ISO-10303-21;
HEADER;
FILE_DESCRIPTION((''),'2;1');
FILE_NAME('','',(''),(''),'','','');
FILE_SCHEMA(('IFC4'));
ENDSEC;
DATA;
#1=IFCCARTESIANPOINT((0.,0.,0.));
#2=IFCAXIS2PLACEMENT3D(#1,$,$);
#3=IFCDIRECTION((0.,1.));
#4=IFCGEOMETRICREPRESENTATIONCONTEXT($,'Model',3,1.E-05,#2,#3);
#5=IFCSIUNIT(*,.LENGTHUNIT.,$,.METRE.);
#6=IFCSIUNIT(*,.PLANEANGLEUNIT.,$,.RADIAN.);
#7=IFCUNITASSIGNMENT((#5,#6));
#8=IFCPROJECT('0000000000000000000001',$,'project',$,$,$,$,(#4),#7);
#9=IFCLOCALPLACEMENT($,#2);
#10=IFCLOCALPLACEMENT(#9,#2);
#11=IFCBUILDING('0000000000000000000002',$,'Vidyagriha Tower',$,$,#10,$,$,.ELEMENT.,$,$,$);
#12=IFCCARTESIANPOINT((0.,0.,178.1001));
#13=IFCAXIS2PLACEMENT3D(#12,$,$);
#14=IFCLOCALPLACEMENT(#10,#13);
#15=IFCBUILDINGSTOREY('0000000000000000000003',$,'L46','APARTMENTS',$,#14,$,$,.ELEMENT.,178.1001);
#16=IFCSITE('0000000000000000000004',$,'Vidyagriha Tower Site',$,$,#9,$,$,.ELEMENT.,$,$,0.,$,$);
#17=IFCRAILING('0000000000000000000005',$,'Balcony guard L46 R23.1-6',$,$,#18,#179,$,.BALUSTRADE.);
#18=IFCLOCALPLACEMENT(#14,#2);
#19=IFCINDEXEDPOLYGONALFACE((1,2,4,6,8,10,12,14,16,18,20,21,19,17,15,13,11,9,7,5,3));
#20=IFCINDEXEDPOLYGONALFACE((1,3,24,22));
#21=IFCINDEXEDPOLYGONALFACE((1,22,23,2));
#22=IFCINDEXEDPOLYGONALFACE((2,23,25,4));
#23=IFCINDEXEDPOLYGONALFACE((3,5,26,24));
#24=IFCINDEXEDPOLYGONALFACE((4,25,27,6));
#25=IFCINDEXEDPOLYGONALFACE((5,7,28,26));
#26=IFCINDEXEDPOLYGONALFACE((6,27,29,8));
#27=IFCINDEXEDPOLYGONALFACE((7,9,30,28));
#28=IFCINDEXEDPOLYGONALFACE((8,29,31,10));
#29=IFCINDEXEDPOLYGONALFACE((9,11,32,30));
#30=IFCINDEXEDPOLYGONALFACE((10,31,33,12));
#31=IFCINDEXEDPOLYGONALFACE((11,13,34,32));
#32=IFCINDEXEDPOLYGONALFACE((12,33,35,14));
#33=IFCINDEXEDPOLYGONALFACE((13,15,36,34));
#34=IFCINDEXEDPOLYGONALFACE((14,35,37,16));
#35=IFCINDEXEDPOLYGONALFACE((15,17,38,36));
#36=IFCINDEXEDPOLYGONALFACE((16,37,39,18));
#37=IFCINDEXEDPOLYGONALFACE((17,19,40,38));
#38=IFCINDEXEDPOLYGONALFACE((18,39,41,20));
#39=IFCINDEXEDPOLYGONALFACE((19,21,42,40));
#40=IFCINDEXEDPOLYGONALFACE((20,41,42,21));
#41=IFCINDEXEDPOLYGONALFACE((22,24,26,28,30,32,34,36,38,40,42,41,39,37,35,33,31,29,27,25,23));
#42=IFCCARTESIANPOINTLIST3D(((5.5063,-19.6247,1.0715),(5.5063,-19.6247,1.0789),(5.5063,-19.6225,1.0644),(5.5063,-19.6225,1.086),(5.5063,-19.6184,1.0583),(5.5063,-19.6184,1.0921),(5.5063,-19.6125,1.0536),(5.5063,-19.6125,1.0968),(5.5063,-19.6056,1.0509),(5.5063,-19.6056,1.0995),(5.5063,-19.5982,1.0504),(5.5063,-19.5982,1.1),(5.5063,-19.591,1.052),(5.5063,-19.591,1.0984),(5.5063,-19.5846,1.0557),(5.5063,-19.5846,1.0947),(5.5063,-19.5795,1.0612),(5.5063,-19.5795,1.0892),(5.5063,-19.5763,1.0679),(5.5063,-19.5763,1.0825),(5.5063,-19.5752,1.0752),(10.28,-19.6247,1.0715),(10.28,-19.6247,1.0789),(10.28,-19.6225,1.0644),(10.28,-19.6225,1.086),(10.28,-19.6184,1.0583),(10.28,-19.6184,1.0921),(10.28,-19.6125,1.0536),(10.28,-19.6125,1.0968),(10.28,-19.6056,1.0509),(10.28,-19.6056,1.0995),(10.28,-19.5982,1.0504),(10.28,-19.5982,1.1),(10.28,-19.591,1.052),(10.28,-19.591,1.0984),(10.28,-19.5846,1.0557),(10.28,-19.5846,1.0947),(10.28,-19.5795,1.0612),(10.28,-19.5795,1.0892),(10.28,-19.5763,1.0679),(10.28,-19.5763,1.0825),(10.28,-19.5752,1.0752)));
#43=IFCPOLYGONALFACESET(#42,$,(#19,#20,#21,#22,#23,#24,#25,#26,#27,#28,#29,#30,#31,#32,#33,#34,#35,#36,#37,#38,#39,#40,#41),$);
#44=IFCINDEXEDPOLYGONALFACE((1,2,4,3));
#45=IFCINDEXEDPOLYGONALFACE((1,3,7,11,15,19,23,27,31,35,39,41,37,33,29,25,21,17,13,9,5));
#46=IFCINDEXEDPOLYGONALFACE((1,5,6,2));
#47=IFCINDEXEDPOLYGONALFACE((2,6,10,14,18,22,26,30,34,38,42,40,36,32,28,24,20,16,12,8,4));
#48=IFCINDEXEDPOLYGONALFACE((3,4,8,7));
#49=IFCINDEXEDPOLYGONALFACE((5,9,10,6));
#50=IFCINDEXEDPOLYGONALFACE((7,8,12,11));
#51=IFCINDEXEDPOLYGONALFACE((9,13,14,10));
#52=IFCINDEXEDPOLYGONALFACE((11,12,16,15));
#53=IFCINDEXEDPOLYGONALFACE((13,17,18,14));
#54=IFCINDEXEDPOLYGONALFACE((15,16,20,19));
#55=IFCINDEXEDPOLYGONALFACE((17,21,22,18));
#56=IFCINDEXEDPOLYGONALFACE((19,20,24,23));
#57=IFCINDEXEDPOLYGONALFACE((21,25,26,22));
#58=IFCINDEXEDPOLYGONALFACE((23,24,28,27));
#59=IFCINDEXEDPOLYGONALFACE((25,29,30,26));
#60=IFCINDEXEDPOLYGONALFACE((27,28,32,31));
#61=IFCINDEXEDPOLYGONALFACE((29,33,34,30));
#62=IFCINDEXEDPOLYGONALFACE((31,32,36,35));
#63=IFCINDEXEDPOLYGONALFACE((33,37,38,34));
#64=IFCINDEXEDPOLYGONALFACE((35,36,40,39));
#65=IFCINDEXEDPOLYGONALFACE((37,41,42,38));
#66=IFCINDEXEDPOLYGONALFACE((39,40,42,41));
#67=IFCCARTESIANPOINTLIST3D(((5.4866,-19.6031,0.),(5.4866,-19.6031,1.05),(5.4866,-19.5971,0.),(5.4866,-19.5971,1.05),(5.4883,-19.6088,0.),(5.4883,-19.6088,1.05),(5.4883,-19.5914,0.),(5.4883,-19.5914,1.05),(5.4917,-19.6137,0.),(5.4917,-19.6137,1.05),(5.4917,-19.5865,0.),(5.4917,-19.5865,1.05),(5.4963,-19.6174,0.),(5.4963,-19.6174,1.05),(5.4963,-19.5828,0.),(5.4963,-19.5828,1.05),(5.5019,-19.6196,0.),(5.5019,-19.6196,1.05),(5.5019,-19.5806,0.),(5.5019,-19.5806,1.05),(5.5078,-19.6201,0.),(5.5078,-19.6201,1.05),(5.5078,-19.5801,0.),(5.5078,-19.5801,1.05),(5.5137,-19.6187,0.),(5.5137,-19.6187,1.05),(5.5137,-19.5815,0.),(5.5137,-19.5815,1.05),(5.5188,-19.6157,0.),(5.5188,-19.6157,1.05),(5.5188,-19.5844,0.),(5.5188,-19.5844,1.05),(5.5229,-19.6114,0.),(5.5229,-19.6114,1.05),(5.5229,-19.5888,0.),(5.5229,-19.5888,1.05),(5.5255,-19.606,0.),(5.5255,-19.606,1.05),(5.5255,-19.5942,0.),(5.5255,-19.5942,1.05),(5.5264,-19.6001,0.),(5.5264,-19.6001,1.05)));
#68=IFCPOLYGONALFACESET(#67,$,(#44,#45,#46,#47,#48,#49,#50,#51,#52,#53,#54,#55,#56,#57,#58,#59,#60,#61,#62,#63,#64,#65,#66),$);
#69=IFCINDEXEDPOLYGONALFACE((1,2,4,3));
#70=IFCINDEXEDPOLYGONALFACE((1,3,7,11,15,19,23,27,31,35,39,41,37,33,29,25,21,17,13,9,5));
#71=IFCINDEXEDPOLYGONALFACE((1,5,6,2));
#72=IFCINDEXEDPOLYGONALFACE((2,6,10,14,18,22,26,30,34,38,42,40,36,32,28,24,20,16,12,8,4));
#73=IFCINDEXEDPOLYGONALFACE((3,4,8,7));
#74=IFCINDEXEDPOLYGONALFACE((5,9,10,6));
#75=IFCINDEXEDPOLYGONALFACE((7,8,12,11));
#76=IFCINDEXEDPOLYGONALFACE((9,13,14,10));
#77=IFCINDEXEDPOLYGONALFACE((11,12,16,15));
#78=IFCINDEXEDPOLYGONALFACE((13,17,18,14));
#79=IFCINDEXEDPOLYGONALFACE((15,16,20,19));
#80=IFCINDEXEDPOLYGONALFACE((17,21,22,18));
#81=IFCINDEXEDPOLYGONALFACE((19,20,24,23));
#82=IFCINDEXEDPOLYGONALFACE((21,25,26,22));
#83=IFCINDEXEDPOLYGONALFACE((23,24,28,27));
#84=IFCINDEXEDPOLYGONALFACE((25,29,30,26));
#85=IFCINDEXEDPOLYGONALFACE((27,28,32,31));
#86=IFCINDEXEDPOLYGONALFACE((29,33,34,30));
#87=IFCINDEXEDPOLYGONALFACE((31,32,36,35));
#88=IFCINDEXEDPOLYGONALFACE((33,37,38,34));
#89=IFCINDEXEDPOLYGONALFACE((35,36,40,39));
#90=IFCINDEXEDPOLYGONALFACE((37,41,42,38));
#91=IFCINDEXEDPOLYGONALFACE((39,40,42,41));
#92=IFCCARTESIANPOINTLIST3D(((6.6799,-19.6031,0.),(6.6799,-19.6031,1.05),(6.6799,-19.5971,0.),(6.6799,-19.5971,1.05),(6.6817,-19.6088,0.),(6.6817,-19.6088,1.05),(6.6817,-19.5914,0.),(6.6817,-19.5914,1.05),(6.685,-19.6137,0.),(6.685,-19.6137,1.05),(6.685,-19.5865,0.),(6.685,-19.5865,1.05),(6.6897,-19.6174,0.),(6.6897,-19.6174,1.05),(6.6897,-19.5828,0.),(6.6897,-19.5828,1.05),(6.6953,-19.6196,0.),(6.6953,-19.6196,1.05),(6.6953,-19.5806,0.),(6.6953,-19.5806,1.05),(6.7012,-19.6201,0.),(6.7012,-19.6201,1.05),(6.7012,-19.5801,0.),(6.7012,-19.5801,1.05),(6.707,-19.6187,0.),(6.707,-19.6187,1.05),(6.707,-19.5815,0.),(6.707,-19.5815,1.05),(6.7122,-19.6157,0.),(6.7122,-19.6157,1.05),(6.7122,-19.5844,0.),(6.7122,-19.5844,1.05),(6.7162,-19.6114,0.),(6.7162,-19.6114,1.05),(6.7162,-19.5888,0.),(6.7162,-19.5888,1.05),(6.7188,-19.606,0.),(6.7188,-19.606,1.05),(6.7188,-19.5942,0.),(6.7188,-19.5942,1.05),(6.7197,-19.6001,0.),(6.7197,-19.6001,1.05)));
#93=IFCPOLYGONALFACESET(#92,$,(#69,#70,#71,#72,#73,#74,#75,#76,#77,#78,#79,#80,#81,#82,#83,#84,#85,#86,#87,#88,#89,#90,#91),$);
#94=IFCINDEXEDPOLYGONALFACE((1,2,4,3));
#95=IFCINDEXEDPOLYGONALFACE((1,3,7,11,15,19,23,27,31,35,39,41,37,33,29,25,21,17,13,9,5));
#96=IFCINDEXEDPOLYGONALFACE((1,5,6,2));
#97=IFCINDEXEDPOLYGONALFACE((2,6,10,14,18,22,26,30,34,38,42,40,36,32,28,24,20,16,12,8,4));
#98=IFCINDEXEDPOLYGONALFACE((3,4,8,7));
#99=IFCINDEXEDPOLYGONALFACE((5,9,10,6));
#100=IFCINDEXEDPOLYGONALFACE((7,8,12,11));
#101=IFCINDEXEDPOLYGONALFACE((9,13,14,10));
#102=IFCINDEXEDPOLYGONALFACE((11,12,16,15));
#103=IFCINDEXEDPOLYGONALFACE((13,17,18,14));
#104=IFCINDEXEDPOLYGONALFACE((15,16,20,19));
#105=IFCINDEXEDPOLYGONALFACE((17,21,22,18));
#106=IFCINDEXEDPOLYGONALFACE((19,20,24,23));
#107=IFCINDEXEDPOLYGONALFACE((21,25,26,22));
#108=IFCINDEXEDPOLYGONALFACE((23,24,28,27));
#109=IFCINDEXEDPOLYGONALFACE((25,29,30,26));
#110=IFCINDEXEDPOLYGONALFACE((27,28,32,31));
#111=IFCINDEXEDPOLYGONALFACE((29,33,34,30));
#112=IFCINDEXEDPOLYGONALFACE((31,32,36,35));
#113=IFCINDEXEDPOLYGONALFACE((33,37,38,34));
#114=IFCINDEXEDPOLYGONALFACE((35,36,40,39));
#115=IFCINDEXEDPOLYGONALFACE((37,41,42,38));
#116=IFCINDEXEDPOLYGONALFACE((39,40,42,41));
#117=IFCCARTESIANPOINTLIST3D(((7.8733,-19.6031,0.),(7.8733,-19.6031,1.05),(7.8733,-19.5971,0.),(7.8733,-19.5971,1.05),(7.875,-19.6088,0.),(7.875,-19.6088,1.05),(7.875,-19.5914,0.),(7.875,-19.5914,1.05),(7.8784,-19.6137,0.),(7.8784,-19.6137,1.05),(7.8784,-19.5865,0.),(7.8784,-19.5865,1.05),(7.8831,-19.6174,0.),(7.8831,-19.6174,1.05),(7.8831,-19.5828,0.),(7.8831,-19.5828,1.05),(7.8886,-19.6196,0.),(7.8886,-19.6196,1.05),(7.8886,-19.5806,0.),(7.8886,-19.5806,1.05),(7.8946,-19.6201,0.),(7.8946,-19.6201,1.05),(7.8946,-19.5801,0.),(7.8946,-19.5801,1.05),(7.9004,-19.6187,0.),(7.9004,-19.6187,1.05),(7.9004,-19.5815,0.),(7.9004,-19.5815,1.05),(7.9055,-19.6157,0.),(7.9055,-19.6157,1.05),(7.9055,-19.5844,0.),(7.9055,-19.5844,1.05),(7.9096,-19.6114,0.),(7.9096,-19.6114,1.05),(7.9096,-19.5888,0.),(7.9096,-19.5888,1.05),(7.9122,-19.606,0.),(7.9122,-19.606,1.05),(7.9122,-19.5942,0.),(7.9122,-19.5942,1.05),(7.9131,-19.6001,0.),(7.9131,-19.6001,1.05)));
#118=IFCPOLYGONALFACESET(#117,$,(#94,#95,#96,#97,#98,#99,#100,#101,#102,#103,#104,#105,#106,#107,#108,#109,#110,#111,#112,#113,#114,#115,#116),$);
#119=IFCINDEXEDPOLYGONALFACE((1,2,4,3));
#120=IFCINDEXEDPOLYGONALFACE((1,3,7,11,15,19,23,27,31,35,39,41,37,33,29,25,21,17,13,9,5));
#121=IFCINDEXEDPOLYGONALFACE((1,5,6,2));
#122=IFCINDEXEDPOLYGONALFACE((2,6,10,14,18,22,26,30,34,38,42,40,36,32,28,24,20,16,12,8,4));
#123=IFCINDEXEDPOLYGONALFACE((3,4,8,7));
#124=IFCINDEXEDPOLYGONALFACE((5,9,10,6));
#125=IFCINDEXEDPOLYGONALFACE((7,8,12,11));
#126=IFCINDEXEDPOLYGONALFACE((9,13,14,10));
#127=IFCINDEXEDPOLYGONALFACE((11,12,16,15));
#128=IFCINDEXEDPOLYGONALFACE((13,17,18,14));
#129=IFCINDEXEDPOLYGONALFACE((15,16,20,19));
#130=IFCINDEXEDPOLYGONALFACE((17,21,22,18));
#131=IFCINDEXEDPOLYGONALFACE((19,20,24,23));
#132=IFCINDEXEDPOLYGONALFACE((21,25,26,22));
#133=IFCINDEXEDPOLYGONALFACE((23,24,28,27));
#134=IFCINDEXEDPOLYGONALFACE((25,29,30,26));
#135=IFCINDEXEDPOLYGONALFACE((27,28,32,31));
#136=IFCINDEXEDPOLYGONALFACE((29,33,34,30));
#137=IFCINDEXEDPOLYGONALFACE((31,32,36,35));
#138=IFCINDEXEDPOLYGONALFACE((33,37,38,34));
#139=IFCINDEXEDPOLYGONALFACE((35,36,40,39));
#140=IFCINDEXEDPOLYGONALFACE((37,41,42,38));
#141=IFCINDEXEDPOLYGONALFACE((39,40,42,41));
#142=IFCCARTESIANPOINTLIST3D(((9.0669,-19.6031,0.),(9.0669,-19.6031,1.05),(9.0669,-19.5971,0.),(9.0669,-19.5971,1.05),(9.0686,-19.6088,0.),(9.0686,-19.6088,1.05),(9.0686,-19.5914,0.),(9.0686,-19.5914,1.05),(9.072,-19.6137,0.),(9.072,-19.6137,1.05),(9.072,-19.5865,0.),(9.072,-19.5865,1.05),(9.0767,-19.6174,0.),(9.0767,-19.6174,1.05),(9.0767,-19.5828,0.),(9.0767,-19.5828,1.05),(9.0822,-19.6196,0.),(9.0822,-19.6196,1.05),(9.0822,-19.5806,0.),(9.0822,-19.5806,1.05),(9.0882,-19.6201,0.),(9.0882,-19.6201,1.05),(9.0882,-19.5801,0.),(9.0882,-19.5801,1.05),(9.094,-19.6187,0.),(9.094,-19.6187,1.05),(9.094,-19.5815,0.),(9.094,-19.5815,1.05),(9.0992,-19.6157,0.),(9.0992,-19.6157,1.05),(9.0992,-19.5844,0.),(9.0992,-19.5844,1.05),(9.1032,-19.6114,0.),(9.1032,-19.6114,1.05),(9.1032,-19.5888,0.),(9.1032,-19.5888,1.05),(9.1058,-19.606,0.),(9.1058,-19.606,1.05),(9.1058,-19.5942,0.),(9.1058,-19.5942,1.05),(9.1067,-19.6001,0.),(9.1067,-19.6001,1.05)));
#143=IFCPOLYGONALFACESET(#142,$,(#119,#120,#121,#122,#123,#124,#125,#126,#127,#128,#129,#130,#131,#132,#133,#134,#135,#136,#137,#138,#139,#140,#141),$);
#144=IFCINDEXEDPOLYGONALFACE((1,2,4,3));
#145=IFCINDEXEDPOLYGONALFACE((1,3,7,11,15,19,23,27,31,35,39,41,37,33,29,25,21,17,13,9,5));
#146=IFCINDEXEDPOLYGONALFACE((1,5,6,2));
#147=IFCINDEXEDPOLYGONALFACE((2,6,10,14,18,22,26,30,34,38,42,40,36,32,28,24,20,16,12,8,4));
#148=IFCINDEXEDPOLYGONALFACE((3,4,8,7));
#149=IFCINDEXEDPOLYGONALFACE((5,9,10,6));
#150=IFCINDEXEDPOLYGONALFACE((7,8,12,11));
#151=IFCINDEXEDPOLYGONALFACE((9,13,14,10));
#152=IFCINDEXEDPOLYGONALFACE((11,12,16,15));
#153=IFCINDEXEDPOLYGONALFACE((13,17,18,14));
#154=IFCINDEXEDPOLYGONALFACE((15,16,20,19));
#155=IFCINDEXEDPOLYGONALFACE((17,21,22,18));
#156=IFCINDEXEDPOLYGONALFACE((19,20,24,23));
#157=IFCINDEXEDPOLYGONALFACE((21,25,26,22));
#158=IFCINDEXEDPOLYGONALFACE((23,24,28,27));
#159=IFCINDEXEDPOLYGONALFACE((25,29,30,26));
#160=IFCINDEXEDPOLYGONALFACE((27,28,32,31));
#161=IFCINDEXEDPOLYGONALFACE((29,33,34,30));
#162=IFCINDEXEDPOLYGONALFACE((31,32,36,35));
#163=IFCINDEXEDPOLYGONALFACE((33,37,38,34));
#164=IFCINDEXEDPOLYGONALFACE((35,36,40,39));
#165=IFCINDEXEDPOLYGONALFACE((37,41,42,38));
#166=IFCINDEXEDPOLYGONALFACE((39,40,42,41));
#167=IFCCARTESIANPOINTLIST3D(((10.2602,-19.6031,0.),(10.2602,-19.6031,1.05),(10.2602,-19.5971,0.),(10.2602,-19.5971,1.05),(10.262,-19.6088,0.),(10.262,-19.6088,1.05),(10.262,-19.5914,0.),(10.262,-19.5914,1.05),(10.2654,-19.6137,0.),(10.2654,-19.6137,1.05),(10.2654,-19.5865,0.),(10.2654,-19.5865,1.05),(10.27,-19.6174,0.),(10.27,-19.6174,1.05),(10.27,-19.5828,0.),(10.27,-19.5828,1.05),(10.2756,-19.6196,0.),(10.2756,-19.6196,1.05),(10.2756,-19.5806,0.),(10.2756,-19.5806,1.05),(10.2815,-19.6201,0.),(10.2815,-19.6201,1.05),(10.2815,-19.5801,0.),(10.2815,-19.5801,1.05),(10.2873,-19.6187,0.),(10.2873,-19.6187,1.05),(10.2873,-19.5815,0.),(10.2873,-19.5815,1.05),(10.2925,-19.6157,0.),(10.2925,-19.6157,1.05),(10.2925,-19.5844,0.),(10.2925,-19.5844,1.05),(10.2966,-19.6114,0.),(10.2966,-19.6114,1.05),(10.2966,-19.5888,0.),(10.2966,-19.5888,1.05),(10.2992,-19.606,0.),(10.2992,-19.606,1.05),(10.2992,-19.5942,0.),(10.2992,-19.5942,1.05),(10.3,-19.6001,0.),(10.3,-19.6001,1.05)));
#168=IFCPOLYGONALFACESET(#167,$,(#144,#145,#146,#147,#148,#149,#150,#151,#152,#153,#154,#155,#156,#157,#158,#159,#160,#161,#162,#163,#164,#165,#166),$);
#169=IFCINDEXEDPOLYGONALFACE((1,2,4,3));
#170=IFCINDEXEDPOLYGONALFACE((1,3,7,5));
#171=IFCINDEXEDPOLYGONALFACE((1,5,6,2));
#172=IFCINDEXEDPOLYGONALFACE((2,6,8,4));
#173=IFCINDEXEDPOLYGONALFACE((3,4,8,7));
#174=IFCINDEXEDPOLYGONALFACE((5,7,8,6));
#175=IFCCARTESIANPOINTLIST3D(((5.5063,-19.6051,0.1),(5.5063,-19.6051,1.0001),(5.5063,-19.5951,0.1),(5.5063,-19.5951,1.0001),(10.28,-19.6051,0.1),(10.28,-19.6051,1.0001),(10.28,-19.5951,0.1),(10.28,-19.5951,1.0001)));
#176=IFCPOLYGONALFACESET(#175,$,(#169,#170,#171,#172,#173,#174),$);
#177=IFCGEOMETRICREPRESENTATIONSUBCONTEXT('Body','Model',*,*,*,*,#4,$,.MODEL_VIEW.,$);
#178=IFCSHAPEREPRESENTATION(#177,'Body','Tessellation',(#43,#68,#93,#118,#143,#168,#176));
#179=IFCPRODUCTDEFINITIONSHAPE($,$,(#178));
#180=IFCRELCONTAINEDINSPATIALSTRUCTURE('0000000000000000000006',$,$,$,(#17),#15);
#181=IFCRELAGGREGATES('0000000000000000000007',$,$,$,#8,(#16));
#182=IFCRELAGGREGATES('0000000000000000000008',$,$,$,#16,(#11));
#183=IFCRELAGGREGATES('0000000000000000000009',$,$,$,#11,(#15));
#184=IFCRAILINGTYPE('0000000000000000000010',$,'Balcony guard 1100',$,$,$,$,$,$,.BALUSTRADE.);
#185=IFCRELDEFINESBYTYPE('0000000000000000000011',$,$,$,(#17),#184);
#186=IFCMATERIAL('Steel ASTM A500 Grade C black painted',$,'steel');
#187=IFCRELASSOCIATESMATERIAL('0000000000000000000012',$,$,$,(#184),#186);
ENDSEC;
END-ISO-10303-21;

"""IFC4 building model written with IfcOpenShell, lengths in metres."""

from ifc_helpers import new_model, si_unit, direction, frame, origin, origin_2d, place, context, subcontext, project, spatial, rectangle, circle, extrude, material, type_object, element, save


model = new_model("IFC4")

# Units and contexts
model_context = context("Model", 3, precision=1e-05, world=origin(), true_north=direction((0.0, 1.0)))
body_context = subcontext(model_context, "Body", "Model", "MODEL_VIEW")
ifc_project = project(units=[si_unit("LENGTHUNIT", "METRE"), si_unit("PLANEANGLEUNIT", "RADIAN")], contexts=[model_context])

# Site, building, storey
site_placement = place(None, origin())
site = spatial("IfcSite", under=ifc_project, at=site_placement, Name="Vidyagriha Tower Site", CompositionType="ELEMENT", RefElevation=0.0)
building_placement = place(site_placement, origin())
building = spatial("IfcBuilding", under=site, at=building_placement, Name="Vidyagriha Tower", CompositionType="ELEMENT")
storey_placement = place(building_placement, frame((0.0, 0.0, 178.1001)))
storey = spatial("IfcBuildingStorey", under=building, at=storey_placement, Name="L46", Description="APARTMENTS", CompositionType="ELEMENT", Elevation=178.1001)

# Railing
ifc_material_1 = material(Name="Steel ASTM A500 Grade C black painted", Category="steel")
railing_type = type_object("IfcRailingType", Name="Balcony guard 1100", PredefinedType="BALUSTRADE", material=ifc_material_1)
for number, where, name in (
    (1, (5.5063, -19.6001, 0.0), "Balcony guard L46 R23.1-6"),
):
    element("IfcRailing", number, at=place(storey_placement, frame(where)), inside=storey, type_object=railing_type, Name=name, PredefinedType="BALUSTRADE", context=body_context, shape_type="SweptSolid", body=[
        extrude(circle(Radius=0.0249, at=origin_2d()), frame((0.0, 0.0, 1.0752), z_axis=(1.0, 0.0, 0.0), x_axis=(0.0, 1.0, 0.0)), (0.0, 0.0, 1.0), 4.7737),
        extrude(circle(Radius=0.02, at=origin_2d()), origin(), (0.0, 0.0, 1.0), 1.05),
        extrude(circle(Radius=0.02, at=origin_2d()), frame((1.1934, 0.0, 0.0)), (0.0, 0.0, 1.0), 1.05),
        extrude(circle(Radius=0.02, at=origin_2d()), frame((2.3867, 0.0, 0.0)), (0.0, 0.0, 1.0), 1.05),
        extrude(circle(Radius=0.02, at=origin_2d()), frame((3.5803, 0.0, 0.0)), (0.0, 0.0, 1.0), 1.05),
        extrude(circle(Radius=0.02, at=origin_2d()), frame((4.7737, 0.0, 0.0)), (0.0, 0.0, 1.0), 1.05),
        extrude(rectangle(XDim=0.01, YDim=0.9001, at=origin_2d()), frame((0.0, 0.0, 0.55), z_axis=(1.0, 0.0, 0.0), x_axis=(0.0, 1.0, 0.0)), (0.0, 0.0, 1.0), 4.7737),
    ])

save(model, "model.ifc")
